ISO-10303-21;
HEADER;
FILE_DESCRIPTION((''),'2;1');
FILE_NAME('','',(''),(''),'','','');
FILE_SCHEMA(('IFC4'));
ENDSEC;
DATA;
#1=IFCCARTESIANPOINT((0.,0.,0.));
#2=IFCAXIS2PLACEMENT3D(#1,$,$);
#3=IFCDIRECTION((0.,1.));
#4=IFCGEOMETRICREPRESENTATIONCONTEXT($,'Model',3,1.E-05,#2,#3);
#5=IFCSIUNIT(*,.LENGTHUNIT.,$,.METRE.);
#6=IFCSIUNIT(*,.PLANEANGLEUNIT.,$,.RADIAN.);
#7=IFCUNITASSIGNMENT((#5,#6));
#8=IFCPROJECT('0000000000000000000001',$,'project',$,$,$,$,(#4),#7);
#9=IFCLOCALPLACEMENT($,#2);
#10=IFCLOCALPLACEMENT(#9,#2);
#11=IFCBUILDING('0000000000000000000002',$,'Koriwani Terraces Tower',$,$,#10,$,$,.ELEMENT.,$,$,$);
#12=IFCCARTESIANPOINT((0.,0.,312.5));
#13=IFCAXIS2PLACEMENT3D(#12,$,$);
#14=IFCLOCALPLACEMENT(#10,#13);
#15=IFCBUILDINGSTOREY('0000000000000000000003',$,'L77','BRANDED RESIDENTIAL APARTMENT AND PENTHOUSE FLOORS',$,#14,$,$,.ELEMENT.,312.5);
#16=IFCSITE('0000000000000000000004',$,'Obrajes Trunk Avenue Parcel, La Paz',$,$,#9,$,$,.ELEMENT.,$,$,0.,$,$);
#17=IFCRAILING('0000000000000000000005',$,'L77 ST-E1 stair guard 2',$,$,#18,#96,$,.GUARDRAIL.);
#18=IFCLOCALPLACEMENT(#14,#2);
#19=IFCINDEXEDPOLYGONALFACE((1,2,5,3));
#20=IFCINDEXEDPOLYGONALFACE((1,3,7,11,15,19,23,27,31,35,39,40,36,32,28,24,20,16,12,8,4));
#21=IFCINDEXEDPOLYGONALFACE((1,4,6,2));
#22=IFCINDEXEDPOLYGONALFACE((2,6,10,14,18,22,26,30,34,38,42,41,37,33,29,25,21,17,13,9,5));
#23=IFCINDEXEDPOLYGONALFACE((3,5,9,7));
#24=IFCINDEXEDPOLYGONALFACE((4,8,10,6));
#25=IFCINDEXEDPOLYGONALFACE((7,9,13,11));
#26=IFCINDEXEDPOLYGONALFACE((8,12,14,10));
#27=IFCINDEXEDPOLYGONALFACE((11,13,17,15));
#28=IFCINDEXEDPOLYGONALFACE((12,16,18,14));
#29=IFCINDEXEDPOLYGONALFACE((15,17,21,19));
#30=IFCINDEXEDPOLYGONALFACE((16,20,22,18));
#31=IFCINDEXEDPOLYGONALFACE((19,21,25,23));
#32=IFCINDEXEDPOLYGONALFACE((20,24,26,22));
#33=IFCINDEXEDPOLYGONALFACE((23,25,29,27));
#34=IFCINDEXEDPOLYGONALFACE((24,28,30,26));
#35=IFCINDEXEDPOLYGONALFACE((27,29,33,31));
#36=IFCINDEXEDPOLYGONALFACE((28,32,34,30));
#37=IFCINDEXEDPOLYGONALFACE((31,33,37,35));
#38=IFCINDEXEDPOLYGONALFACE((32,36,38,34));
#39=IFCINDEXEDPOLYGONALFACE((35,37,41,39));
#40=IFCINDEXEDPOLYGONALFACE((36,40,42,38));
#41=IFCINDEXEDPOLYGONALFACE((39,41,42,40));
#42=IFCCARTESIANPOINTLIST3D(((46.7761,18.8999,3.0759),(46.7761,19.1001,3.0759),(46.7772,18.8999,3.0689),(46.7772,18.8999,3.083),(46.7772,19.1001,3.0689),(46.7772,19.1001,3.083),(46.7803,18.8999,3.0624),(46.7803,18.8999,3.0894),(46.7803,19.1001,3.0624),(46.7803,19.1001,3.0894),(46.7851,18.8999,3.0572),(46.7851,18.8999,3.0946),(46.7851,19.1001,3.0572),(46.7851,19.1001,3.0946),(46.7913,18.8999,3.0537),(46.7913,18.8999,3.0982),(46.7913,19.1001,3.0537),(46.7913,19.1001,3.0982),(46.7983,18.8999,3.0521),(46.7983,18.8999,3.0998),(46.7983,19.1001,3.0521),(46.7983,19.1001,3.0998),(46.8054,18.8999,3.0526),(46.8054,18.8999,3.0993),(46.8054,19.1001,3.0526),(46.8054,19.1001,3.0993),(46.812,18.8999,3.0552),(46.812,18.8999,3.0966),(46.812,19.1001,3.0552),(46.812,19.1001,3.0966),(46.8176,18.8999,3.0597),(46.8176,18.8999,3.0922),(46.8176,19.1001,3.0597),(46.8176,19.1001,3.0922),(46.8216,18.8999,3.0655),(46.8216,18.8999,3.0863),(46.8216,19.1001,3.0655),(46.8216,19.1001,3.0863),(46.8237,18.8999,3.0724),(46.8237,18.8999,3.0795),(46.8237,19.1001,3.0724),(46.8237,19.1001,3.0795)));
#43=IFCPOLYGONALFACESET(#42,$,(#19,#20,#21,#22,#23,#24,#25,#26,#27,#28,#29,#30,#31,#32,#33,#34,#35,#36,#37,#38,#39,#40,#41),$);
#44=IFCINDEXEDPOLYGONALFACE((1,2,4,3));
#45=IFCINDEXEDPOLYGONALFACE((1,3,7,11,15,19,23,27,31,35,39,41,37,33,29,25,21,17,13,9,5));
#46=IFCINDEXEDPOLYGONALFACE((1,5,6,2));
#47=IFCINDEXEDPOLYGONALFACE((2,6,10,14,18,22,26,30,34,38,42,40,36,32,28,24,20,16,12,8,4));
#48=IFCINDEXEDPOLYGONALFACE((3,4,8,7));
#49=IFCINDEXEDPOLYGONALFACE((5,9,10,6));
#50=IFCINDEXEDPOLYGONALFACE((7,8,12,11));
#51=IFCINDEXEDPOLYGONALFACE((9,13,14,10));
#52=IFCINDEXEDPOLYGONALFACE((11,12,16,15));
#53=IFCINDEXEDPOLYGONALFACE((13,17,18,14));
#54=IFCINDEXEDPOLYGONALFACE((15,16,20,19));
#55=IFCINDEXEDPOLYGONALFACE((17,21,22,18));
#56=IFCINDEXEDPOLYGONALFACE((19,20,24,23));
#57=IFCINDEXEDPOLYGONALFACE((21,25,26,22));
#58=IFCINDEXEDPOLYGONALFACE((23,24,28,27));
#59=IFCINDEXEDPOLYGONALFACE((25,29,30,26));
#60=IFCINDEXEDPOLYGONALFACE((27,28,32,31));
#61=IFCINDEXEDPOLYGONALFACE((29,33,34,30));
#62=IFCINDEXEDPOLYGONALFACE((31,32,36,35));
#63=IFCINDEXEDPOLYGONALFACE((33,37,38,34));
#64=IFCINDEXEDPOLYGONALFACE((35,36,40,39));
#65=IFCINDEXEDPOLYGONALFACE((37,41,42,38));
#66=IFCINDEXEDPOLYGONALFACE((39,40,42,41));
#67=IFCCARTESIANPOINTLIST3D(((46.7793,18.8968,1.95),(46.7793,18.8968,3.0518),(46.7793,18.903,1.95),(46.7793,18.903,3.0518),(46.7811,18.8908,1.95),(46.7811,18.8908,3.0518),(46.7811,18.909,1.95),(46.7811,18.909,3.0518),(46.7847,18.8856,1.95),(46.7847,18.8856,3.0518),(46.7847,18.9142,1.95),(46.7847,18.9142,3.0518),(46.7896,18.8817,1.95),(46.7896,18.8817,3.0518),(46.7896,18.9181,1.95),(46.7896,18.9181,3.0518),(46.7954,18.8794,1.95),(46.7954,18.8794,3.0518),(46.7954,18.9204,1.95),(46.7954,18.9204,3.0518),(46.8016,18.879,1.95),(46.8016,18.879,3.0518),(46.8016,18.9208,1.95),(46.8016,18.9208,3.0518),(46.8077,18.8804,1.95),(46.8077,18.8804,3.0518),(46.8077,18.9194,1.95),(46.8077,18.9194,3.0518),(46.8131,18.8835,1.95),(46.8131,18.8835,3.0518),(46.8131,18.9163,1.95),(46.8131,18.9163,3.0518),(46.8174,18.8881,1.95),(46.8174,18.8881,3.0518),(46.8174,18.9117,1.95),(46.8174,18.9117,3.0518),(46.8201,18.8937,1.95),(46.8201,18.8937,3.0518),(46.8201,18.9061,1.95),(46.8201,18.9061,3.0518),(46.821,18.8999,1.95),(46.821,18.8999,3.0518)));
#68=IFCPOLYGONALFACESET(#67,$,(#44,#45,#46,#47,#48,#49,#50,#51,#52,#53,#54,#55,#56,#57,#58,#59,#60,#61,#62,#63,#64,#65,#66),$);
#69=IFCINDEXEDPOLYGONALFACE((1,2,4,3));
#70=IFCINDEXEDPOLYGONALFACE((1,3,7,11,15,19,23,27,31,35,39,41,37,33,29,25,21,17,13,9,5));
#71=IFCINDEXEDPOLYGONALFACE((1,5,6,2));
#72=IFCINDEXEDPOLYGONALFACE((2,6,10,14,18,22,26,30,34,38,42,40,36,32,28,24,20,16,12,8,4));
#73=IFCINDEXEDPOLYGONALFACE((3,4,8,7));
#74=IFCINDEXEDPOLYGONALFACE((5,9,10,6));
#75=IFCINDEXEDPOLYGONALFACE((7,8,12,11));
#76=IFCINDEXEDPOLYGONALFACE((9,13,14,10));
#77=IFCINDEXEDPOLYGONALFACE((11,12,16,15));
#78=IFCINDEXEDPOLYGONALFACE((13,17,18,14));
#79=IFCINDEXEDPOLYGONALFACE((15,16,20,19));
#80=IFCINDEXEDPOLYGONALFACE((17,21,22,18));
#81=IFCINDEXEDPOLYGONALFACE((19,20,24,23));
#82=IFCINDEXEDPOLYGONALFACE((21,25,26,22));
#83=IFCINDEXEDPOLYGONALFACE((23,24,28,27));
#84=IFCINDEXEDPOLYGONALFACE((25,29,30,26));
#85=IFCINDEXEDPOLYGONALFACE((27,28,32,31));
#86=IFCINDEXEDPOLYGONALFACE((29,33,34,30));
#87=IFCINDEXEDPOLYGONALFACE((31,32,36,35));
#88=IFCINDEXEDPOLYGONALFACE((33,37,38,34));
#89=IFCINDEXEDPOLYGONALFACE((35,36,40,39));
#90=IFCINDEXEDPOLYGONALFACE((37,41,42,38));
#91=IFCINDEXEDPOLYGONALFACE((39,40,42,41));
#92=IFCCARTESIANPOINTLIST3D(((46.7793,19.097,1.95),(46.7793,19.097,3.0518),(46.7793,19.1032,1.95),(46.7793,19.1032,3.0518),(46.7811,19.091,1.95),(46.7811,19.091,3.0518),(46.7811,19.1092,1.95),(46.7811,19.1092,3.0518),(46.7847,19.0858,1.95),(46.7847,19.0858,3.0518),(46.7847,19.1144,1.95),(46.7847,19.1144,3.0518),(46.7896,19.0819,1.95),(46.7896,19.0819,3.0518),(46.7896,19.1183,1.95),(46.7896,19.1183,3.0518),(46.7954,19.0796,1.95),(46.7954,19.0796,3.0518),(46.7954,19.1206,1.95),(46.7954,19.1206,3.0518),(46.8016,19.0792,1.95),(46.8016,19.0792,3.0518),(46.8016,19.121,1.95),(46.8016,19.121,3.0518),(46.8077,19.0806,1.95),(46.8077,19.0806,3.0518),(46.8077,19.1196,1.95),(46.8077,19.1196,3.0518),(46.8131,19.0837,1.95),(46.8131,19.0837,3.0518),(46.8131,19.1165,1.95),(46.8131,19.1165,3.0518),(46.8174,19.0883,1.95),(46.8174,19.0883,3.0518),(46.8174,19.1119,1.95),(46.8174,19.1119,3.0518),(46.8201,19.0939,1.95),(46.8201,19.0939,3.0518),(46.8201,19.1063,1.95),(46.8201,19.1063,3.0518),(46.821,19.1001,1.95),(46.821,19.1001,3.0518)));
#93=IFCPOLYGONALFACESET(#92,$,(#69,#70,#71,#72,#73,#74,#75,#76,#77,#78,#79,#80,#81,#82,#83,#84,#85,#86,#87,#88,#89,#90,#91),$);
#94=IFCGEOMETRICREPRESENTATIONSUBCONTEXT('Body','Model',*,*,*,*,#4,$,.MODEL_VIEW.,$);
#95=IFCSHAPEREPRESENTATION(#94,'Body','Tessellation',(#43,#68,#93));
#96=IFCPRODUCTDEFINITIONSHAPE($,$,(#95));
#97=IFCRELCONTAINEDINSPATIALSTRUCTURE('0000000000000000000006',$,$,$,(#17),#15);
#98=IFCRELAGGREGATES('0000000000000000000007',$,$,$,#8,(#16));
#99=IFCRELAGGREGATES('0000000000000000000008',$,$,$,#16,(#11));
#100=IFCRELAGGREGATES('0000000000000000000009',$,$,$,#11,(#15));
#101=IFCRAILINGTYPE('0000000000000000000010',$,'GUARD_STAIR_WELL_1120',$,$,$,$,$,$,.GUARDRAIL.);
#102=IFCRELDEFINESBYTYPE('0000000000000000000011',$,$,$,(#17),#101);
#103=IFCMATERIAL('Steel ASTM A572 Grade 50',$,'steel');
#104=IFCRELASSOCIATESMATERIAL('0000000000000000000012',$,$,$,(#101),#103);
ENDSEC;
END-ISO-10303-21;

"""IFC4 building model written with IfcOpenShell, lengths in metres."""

from ifc_helpers import new_model, si_unit, direction, frame, origin, origin_2d, place, context, subcontext, project, spatial, circle, extrude, material, type_object, element, save


model = new_model("IFC4")

# Units and contexts
model_context = context("Model", 3, precision=1e-05, world=origin(), true_north=direction((0.0, 1.0)))
body_context = subcontext(model_context, "Body", "Model", "MODEL_VIEW")
ifc_project = project(units=[si_unit("LENGTHUNIT", "METRE"), si_unit("PLANEANGLEUNIT", "RADIAN")], contexts=[model_context])

# Site, building, storey
site_placement = place(None, origin())
site = spatial("IfcSite", under=ifc_project, at=site_placement, Name="Obrajes Trunk Avenue Parcel, La Paz", CompositionType="ELEMENT", RefElevation=0.0)
building_placement = place(site_placement, origin())
building = spatial("IfcBuilding", under=site, at=building_placement, Name="Koriwani Terraces Tower", CompositionType="ELEMENT")
storey_placement = place(building_placement, frame((0.0, 0.0, 312.5)))
storey = spatial("IfcBuildingStorey", under=building, at=storey_placement, Name="L77", Description="BRANDED RESIDENTIAL APARTMENT AND PENTHOUSE FLOORS", CompositionType="ELEMENT", Elevation=312.5)

# Railing
ifc_material_1 = material(Name="Steel ASTM A572 Grade 50", Category="steel")
railing_type_1 = type_object("IfcRailingType", Name="GUARD_STAIR_WELL_1120", PredefinedType="GUARDRAIL", material=ifc_material_1)
railing_1_placement = place(storey_placement, frame((46.8, 18.8999, 1.95)))
element("IfcRailing", 1, at=railing_1_placement, inside=storey, type_object=railing_type_1, Name="L77 ST-E1 stair guard 2", PredefinedType="GUARDRAIL", context=body_context, shape_type="SweptSolid", body=[
    extrude(circle(Radius=0.0239, at=origin_2d()), frame((0.0, 0.0, 1.126), z_axis=(0.0, 1.0, 0.0), x_axis=(-1.0, 0.0, 0.0)), (0.0, 0.0, 1.0), 0.2002),
    extrude(circle(Radius=0.021, at=origin_2d()), origin(), (0.0, 0.0, 1.0), 1.1018),
    extrude(circle(Radius=0.021, at=origin_2d()), frame((0.0, 0.2002, 0.0)), (0.0, 0.0, 1.0), 1.1018),
])

save(model, "model.ifc")
